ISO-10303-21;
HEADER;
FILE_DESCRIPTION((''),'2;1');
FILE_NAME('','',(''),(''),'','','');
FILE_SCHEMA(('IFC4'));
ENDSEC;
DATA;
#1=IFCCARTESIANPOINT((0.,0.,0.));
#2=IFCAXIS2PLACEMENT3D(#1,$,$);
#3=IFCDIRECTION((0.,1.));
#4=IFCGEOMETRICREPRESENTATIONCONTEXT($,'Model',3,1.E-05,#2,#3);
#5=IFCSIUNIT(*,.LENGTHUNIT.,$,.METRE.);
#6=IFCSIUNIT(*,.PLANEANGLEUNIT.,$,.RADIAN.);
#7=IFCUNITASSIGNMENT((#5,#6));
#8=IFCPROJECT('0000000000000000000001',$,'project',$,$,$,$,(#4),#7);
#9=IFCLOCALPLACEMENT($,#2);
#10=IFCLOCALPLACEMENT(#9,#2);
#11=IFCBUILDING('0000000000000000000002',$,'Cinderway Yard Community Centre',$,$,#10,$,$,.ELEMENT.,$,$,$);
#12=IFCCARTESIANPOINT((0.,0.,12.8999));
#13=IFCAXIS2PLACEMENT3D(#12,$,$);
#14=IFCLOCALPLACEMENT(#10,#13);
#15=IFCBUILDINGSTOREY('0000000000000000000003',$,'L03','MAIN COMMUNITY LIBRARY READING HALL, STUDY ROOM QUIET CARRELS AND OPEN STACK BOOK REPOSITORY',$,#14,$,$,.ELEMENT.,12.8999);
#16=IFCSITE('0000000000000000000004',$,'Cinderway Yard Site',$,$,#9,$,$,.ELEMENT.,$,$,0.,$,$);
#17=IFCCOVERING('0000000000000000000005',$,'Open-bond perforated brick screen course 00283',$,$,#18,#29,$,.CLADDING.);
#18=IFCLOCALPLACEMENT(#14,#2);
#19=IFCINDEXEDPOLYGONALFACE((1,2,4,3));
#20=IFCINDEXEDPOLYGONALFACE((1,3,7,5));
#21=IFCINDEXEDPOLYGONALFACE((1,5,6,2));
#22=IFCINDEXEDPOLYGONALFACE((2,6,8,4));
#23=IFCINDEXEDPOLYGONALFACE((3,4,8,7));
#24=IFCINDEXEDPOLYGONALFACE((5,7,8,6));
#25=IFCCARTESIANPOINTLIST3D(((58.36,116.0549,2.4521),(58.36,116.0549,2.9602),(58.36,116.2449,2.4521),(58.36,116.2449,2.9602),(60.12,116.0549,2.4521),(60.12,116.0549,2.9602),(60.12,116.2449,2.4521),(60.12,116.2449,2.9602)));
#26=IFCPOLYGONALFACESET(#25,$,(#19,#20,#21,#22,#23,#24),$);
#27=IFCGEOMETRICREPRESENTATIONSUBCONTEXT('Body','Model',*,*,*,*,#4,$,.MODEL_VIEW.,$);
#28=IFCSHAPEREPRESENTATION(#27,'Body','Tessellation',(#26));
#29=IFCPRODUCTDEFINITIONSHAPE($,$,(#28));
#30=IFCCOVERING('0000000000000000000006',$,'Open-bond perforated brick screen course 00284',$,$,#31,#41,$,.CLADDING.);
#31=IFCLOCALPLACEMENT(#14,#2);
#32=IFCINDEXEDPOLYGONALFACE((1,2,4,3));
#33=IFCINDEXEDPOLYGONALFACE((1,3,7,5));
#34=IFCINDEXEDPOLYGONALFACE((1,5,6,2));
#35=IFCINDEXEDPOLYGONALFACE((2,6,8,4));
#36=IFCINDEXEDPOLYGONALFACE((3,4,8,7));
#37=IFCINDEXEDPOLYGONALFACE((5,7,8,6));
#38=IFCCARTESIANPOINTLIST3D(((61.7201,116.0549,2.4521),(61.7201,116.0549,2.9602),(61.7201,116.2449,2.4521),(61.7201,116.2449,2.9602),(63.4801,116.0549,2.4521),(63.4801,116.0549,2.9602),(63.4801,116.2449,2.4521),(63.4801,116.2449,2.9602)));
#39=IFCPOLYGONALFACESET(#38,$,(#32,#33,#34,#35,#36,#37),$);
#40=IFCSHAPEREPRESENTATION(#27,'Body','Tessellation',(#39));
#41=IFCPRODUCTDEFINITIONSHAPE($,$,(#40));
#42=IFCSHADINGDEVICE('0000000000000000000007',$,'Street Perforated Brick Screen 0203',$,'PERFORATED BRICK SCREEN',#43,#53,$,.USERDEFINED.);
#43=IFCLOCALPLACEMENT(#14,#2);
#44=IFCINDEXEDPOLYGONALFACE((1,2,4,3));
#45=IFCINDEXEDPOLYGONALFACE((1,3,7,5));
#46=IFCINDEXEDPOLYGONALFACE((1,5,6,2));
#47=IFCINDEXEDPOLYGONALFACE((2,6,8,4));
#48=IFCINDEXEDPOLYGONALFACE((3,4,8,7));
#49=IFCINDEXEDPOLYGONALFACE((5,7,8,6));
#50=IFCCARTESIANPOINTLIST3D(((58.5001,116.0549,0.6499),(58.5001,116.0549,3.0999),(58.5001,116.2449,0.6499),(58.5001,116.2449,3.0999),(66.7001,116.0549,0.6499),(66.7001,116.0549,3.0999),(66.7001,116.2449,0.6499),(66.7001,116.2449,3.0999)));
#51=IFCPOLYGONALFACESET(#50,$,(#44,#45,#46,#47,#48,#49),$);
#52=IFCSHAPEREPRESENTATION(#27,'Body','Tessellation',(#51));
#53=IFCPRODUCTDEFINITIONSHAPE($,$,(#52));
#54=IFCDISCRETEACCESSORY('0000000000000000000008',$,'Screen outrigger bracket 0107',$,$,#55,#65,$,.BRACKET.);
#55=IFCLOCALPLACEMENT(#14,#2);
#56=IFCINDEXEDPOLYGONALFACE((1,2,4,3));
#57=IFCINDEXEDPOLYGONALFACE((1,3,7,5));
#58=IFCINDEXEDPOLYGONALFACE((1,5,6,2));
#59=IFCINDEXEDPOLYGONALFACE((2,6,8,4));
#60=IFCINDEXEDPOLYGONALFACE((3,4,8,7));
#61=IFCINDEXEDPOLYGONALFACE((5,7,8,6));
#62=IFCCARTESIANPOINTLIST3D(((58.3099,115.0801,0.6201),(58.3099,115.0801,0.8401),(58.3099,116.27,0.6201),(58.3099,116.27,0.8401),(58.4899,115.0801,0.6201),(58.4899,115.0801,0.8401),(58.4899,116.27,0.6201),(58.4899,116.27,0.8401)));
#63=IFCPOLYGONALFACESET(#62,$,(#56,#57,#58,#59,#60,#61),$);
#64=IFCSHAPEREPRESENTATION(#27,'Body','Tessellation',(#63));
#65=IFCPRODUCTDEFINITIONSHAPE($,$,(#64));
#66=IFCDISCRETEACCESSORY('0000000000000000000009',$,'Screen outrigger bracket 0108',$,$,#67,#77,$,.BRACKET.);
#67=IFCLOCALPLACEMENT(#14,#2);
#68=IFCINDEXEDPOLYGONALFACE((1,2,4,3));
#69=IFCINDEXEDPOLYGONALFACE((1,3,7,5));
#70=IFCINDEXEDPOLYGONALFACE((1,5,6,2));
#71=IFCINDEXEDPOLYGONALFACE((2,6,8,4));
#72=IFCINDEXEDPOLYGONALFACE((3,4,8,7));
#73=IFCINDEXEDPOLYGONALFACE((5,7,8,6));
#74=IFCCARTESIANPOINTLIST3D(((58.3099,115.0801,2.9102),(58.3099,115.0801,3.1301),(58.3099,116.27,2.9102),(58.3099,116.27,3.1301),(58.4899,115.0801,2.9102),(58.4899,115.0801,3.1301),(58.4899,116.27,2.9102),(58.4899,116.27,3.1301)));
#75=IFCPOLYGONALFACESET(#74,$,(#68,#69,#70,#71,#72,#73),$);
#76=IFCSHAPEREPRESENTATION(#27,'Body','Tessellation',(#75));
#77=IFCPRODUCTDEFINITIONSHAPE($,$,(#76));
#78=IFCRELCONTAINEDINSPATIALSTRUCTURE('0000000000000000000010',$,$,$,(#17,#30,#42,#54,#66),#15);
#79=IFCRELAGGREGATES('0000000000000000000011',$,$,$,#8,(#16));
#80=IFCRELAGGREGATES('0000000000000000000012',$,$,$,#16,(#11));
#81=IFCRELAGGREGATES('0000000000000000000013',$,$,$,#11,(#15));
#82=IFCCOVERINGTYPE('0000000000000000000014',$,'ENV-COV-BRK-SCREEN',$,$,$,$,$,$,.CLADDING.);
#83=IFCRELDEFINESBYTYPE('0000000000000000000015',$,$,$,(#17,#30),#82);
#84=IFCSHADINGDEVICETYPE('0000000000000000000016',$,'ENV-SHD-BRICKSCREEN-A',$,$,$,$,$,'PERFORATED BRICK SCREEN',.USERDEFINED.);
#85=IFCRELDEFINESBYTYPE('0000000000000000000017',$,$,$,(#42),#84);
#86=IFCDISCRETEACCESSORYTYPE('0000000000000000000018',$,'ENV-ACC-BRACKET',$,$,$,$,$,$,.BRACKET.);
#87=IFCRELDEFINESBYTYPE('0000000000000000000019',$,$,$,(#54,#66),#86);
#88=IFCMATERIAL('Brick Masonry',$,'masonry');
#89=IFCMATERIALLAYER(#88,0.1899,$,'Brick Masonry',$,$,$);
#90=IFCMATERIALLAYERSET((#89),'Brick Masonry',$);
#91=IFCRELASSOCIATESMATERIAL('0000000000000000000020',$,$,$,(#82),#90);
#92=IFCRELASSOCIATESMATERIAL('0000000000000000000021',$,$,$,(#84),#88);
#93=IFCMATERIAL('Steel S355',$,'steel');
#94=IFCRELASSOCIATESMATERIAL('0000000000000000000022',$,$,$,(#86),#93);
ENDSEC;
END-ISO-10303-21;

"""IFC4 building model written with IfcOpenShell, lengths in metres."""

from ifc_helpers import new_model, si_unit, direction, frame, origin, origin_2d, place, context, subcontext, project, spatial, rectangle, extrude, material, layer, layer_set, type_object, element, save


model = new_model("IFC4")

# Units and contexts
model_context = context("Model", 3, precision=1e-05, world=origin(), true_north=direction((0.0, 1.0)))
body_context = subcontext(model_context, "Body", "Model", "MODEL_VIEW")
ifc_project = project(units=[si_unit("LENGTHUNIT", "METRE"), si_unit("PLANEANGLEUNIT", "RADIAN")], contexts=[model_context])

# Site, building, storey
site_placement = place(None, origin())
site = spatial("IfcSite", under=ifc_project, at=site_placement, Name="Cinderway Yard Site", CompositionType="ELEMENT", RefElevation=0.0)
building_placement = place(site_placement, origin())
building = spatial("IfcBuilding", under=site, at=building_placement, Name="Cinderway Yard Community Centre", CompositionType="ELEMENT")
storey_placement = place(building_placement, frame((0.0, 0.0, 12.8999)))
storey = spatial("IfcBuildingStorey", under=building, at=storey_placement, Name="L03", Description="MAIN COMMUNITY LIBRARY READING HALL, STUDY ROOM QUIET CARRELS AND OPEN STACK BOOK REPOSITORY", CompositionType="ELEMENT", Elevation=12.8999)

# Shared definitions
ifc_material_1 = material(Name="Steel S355", Category="steel")

# Shared definitions
ifc_material_2 = material(Name="Brick Masonry", Category="masonry")

# Coverings
ifc_layer_1 = layer(ifc_material_2, 0.1899, Name="Brick Masonry")
ifc_layer_set_1 = layer_set([ifc_layer_1], Name="Brick Masonry")
covering_type = type_object("IfcCoveringType", Name="ENV-COV-BRK-SCREEN", PredefinedType="CLADDING", material=ifc_layer_set_1)
for number, where, z_axis, x_axis, name in (
    (1, (59.24, 116.1499, 2.4521), (0.0, 0.0, 1.0), (1.0, 0.0, 0.0), "Open-bond perforated brick screen course 00283"),
    (2, (62.6001, 116.1499, 2.4521), (0.0, 0.0, 1.0), (1.0, 0.0, 0.0), "Open-bond perforated brick screen course 00284"),
):
    element("IfcCovering", number, at=place(storey_placement, frame(where, z_axis=z_axis, x_axis=x_axis)), inside=storey, type_object=covering_type, Name=name, PredefinedType="CLADDING", context=body_context, shape_type="SweptSolid", body=[
        extrude(rectangle(XDim=1.76, YDim=0.1899, at=origin_2d()), origin(), (0.0, 0.0, 1.0), 0.5081),
    ])

# Shading device
shading_device_type = type_object("IfcShadingDeviceType", Name="ENV-SHD-BRICKSCREEN-A", ElementType="PERFORATED BRICK SCREEN", PredefinedType="USERDEFINED", material=ifc_material_2)
shading_device_placement = place(storey_placement, frame((62.6001, 116.1499, 0.6499), z_axis=(0.0, 0.0, 1.0), x_axis=(1.0, 0.0, 0.0)))
element("IfcShadingDevice", 3, at=shading_device_placement, inside=storey, type_object=shading_device_type, Name="Street Perforated Brick Screen 0203", ObjectType="PERFORATED BRICK SCREEN", PredefinedType="USERDEFINED", context=body_context, shape_type="SweptSolid", body=[
    extrude(rectangle(XDim=8.2, YDim=0.1899, at=origin_2d()), origin(), (0.0, 0.0, 1.0), 2.45),
])

# Discrete accessories
discrete_accessory_type = type_object("IfcDiscreteAccessoryType", Name="ENV-ACC-BRACKET", PredefinedType="BRACKET", material=ifc_material_1)
for number, where, z_axis, x_axis, name in (
    (4, (58.3999, 115.675, 0.6201), (0.0, 0.0, 1.0), (0.0, 1.0, 0.0), "Screen outrigger bracket 0107"),
    (5, (58.3999, 115.675, 2.9102), (0.0, 0.0, 1.0), (0.0, 1.0, 0.0), "Screen outrigger bracket 0108"),
):
    element("IfcDiscreteAccessory", number, at=place(storey_placement, frame(where, z_axis=z_axis, x_axis=x_axis)), inside=storey, type_object=discrete_accessory_type, Name=name, PredefinedType="BRACKET", context=body_context, shape_type="SweptSolid", body=[
        extrude(rectangle(XDim=1.1899, YDim=0.1799, at=origin_2d()), origin(), (0.0, 0.0, 1.0), 0.22),
    ])

save(model, "model.ifc")
